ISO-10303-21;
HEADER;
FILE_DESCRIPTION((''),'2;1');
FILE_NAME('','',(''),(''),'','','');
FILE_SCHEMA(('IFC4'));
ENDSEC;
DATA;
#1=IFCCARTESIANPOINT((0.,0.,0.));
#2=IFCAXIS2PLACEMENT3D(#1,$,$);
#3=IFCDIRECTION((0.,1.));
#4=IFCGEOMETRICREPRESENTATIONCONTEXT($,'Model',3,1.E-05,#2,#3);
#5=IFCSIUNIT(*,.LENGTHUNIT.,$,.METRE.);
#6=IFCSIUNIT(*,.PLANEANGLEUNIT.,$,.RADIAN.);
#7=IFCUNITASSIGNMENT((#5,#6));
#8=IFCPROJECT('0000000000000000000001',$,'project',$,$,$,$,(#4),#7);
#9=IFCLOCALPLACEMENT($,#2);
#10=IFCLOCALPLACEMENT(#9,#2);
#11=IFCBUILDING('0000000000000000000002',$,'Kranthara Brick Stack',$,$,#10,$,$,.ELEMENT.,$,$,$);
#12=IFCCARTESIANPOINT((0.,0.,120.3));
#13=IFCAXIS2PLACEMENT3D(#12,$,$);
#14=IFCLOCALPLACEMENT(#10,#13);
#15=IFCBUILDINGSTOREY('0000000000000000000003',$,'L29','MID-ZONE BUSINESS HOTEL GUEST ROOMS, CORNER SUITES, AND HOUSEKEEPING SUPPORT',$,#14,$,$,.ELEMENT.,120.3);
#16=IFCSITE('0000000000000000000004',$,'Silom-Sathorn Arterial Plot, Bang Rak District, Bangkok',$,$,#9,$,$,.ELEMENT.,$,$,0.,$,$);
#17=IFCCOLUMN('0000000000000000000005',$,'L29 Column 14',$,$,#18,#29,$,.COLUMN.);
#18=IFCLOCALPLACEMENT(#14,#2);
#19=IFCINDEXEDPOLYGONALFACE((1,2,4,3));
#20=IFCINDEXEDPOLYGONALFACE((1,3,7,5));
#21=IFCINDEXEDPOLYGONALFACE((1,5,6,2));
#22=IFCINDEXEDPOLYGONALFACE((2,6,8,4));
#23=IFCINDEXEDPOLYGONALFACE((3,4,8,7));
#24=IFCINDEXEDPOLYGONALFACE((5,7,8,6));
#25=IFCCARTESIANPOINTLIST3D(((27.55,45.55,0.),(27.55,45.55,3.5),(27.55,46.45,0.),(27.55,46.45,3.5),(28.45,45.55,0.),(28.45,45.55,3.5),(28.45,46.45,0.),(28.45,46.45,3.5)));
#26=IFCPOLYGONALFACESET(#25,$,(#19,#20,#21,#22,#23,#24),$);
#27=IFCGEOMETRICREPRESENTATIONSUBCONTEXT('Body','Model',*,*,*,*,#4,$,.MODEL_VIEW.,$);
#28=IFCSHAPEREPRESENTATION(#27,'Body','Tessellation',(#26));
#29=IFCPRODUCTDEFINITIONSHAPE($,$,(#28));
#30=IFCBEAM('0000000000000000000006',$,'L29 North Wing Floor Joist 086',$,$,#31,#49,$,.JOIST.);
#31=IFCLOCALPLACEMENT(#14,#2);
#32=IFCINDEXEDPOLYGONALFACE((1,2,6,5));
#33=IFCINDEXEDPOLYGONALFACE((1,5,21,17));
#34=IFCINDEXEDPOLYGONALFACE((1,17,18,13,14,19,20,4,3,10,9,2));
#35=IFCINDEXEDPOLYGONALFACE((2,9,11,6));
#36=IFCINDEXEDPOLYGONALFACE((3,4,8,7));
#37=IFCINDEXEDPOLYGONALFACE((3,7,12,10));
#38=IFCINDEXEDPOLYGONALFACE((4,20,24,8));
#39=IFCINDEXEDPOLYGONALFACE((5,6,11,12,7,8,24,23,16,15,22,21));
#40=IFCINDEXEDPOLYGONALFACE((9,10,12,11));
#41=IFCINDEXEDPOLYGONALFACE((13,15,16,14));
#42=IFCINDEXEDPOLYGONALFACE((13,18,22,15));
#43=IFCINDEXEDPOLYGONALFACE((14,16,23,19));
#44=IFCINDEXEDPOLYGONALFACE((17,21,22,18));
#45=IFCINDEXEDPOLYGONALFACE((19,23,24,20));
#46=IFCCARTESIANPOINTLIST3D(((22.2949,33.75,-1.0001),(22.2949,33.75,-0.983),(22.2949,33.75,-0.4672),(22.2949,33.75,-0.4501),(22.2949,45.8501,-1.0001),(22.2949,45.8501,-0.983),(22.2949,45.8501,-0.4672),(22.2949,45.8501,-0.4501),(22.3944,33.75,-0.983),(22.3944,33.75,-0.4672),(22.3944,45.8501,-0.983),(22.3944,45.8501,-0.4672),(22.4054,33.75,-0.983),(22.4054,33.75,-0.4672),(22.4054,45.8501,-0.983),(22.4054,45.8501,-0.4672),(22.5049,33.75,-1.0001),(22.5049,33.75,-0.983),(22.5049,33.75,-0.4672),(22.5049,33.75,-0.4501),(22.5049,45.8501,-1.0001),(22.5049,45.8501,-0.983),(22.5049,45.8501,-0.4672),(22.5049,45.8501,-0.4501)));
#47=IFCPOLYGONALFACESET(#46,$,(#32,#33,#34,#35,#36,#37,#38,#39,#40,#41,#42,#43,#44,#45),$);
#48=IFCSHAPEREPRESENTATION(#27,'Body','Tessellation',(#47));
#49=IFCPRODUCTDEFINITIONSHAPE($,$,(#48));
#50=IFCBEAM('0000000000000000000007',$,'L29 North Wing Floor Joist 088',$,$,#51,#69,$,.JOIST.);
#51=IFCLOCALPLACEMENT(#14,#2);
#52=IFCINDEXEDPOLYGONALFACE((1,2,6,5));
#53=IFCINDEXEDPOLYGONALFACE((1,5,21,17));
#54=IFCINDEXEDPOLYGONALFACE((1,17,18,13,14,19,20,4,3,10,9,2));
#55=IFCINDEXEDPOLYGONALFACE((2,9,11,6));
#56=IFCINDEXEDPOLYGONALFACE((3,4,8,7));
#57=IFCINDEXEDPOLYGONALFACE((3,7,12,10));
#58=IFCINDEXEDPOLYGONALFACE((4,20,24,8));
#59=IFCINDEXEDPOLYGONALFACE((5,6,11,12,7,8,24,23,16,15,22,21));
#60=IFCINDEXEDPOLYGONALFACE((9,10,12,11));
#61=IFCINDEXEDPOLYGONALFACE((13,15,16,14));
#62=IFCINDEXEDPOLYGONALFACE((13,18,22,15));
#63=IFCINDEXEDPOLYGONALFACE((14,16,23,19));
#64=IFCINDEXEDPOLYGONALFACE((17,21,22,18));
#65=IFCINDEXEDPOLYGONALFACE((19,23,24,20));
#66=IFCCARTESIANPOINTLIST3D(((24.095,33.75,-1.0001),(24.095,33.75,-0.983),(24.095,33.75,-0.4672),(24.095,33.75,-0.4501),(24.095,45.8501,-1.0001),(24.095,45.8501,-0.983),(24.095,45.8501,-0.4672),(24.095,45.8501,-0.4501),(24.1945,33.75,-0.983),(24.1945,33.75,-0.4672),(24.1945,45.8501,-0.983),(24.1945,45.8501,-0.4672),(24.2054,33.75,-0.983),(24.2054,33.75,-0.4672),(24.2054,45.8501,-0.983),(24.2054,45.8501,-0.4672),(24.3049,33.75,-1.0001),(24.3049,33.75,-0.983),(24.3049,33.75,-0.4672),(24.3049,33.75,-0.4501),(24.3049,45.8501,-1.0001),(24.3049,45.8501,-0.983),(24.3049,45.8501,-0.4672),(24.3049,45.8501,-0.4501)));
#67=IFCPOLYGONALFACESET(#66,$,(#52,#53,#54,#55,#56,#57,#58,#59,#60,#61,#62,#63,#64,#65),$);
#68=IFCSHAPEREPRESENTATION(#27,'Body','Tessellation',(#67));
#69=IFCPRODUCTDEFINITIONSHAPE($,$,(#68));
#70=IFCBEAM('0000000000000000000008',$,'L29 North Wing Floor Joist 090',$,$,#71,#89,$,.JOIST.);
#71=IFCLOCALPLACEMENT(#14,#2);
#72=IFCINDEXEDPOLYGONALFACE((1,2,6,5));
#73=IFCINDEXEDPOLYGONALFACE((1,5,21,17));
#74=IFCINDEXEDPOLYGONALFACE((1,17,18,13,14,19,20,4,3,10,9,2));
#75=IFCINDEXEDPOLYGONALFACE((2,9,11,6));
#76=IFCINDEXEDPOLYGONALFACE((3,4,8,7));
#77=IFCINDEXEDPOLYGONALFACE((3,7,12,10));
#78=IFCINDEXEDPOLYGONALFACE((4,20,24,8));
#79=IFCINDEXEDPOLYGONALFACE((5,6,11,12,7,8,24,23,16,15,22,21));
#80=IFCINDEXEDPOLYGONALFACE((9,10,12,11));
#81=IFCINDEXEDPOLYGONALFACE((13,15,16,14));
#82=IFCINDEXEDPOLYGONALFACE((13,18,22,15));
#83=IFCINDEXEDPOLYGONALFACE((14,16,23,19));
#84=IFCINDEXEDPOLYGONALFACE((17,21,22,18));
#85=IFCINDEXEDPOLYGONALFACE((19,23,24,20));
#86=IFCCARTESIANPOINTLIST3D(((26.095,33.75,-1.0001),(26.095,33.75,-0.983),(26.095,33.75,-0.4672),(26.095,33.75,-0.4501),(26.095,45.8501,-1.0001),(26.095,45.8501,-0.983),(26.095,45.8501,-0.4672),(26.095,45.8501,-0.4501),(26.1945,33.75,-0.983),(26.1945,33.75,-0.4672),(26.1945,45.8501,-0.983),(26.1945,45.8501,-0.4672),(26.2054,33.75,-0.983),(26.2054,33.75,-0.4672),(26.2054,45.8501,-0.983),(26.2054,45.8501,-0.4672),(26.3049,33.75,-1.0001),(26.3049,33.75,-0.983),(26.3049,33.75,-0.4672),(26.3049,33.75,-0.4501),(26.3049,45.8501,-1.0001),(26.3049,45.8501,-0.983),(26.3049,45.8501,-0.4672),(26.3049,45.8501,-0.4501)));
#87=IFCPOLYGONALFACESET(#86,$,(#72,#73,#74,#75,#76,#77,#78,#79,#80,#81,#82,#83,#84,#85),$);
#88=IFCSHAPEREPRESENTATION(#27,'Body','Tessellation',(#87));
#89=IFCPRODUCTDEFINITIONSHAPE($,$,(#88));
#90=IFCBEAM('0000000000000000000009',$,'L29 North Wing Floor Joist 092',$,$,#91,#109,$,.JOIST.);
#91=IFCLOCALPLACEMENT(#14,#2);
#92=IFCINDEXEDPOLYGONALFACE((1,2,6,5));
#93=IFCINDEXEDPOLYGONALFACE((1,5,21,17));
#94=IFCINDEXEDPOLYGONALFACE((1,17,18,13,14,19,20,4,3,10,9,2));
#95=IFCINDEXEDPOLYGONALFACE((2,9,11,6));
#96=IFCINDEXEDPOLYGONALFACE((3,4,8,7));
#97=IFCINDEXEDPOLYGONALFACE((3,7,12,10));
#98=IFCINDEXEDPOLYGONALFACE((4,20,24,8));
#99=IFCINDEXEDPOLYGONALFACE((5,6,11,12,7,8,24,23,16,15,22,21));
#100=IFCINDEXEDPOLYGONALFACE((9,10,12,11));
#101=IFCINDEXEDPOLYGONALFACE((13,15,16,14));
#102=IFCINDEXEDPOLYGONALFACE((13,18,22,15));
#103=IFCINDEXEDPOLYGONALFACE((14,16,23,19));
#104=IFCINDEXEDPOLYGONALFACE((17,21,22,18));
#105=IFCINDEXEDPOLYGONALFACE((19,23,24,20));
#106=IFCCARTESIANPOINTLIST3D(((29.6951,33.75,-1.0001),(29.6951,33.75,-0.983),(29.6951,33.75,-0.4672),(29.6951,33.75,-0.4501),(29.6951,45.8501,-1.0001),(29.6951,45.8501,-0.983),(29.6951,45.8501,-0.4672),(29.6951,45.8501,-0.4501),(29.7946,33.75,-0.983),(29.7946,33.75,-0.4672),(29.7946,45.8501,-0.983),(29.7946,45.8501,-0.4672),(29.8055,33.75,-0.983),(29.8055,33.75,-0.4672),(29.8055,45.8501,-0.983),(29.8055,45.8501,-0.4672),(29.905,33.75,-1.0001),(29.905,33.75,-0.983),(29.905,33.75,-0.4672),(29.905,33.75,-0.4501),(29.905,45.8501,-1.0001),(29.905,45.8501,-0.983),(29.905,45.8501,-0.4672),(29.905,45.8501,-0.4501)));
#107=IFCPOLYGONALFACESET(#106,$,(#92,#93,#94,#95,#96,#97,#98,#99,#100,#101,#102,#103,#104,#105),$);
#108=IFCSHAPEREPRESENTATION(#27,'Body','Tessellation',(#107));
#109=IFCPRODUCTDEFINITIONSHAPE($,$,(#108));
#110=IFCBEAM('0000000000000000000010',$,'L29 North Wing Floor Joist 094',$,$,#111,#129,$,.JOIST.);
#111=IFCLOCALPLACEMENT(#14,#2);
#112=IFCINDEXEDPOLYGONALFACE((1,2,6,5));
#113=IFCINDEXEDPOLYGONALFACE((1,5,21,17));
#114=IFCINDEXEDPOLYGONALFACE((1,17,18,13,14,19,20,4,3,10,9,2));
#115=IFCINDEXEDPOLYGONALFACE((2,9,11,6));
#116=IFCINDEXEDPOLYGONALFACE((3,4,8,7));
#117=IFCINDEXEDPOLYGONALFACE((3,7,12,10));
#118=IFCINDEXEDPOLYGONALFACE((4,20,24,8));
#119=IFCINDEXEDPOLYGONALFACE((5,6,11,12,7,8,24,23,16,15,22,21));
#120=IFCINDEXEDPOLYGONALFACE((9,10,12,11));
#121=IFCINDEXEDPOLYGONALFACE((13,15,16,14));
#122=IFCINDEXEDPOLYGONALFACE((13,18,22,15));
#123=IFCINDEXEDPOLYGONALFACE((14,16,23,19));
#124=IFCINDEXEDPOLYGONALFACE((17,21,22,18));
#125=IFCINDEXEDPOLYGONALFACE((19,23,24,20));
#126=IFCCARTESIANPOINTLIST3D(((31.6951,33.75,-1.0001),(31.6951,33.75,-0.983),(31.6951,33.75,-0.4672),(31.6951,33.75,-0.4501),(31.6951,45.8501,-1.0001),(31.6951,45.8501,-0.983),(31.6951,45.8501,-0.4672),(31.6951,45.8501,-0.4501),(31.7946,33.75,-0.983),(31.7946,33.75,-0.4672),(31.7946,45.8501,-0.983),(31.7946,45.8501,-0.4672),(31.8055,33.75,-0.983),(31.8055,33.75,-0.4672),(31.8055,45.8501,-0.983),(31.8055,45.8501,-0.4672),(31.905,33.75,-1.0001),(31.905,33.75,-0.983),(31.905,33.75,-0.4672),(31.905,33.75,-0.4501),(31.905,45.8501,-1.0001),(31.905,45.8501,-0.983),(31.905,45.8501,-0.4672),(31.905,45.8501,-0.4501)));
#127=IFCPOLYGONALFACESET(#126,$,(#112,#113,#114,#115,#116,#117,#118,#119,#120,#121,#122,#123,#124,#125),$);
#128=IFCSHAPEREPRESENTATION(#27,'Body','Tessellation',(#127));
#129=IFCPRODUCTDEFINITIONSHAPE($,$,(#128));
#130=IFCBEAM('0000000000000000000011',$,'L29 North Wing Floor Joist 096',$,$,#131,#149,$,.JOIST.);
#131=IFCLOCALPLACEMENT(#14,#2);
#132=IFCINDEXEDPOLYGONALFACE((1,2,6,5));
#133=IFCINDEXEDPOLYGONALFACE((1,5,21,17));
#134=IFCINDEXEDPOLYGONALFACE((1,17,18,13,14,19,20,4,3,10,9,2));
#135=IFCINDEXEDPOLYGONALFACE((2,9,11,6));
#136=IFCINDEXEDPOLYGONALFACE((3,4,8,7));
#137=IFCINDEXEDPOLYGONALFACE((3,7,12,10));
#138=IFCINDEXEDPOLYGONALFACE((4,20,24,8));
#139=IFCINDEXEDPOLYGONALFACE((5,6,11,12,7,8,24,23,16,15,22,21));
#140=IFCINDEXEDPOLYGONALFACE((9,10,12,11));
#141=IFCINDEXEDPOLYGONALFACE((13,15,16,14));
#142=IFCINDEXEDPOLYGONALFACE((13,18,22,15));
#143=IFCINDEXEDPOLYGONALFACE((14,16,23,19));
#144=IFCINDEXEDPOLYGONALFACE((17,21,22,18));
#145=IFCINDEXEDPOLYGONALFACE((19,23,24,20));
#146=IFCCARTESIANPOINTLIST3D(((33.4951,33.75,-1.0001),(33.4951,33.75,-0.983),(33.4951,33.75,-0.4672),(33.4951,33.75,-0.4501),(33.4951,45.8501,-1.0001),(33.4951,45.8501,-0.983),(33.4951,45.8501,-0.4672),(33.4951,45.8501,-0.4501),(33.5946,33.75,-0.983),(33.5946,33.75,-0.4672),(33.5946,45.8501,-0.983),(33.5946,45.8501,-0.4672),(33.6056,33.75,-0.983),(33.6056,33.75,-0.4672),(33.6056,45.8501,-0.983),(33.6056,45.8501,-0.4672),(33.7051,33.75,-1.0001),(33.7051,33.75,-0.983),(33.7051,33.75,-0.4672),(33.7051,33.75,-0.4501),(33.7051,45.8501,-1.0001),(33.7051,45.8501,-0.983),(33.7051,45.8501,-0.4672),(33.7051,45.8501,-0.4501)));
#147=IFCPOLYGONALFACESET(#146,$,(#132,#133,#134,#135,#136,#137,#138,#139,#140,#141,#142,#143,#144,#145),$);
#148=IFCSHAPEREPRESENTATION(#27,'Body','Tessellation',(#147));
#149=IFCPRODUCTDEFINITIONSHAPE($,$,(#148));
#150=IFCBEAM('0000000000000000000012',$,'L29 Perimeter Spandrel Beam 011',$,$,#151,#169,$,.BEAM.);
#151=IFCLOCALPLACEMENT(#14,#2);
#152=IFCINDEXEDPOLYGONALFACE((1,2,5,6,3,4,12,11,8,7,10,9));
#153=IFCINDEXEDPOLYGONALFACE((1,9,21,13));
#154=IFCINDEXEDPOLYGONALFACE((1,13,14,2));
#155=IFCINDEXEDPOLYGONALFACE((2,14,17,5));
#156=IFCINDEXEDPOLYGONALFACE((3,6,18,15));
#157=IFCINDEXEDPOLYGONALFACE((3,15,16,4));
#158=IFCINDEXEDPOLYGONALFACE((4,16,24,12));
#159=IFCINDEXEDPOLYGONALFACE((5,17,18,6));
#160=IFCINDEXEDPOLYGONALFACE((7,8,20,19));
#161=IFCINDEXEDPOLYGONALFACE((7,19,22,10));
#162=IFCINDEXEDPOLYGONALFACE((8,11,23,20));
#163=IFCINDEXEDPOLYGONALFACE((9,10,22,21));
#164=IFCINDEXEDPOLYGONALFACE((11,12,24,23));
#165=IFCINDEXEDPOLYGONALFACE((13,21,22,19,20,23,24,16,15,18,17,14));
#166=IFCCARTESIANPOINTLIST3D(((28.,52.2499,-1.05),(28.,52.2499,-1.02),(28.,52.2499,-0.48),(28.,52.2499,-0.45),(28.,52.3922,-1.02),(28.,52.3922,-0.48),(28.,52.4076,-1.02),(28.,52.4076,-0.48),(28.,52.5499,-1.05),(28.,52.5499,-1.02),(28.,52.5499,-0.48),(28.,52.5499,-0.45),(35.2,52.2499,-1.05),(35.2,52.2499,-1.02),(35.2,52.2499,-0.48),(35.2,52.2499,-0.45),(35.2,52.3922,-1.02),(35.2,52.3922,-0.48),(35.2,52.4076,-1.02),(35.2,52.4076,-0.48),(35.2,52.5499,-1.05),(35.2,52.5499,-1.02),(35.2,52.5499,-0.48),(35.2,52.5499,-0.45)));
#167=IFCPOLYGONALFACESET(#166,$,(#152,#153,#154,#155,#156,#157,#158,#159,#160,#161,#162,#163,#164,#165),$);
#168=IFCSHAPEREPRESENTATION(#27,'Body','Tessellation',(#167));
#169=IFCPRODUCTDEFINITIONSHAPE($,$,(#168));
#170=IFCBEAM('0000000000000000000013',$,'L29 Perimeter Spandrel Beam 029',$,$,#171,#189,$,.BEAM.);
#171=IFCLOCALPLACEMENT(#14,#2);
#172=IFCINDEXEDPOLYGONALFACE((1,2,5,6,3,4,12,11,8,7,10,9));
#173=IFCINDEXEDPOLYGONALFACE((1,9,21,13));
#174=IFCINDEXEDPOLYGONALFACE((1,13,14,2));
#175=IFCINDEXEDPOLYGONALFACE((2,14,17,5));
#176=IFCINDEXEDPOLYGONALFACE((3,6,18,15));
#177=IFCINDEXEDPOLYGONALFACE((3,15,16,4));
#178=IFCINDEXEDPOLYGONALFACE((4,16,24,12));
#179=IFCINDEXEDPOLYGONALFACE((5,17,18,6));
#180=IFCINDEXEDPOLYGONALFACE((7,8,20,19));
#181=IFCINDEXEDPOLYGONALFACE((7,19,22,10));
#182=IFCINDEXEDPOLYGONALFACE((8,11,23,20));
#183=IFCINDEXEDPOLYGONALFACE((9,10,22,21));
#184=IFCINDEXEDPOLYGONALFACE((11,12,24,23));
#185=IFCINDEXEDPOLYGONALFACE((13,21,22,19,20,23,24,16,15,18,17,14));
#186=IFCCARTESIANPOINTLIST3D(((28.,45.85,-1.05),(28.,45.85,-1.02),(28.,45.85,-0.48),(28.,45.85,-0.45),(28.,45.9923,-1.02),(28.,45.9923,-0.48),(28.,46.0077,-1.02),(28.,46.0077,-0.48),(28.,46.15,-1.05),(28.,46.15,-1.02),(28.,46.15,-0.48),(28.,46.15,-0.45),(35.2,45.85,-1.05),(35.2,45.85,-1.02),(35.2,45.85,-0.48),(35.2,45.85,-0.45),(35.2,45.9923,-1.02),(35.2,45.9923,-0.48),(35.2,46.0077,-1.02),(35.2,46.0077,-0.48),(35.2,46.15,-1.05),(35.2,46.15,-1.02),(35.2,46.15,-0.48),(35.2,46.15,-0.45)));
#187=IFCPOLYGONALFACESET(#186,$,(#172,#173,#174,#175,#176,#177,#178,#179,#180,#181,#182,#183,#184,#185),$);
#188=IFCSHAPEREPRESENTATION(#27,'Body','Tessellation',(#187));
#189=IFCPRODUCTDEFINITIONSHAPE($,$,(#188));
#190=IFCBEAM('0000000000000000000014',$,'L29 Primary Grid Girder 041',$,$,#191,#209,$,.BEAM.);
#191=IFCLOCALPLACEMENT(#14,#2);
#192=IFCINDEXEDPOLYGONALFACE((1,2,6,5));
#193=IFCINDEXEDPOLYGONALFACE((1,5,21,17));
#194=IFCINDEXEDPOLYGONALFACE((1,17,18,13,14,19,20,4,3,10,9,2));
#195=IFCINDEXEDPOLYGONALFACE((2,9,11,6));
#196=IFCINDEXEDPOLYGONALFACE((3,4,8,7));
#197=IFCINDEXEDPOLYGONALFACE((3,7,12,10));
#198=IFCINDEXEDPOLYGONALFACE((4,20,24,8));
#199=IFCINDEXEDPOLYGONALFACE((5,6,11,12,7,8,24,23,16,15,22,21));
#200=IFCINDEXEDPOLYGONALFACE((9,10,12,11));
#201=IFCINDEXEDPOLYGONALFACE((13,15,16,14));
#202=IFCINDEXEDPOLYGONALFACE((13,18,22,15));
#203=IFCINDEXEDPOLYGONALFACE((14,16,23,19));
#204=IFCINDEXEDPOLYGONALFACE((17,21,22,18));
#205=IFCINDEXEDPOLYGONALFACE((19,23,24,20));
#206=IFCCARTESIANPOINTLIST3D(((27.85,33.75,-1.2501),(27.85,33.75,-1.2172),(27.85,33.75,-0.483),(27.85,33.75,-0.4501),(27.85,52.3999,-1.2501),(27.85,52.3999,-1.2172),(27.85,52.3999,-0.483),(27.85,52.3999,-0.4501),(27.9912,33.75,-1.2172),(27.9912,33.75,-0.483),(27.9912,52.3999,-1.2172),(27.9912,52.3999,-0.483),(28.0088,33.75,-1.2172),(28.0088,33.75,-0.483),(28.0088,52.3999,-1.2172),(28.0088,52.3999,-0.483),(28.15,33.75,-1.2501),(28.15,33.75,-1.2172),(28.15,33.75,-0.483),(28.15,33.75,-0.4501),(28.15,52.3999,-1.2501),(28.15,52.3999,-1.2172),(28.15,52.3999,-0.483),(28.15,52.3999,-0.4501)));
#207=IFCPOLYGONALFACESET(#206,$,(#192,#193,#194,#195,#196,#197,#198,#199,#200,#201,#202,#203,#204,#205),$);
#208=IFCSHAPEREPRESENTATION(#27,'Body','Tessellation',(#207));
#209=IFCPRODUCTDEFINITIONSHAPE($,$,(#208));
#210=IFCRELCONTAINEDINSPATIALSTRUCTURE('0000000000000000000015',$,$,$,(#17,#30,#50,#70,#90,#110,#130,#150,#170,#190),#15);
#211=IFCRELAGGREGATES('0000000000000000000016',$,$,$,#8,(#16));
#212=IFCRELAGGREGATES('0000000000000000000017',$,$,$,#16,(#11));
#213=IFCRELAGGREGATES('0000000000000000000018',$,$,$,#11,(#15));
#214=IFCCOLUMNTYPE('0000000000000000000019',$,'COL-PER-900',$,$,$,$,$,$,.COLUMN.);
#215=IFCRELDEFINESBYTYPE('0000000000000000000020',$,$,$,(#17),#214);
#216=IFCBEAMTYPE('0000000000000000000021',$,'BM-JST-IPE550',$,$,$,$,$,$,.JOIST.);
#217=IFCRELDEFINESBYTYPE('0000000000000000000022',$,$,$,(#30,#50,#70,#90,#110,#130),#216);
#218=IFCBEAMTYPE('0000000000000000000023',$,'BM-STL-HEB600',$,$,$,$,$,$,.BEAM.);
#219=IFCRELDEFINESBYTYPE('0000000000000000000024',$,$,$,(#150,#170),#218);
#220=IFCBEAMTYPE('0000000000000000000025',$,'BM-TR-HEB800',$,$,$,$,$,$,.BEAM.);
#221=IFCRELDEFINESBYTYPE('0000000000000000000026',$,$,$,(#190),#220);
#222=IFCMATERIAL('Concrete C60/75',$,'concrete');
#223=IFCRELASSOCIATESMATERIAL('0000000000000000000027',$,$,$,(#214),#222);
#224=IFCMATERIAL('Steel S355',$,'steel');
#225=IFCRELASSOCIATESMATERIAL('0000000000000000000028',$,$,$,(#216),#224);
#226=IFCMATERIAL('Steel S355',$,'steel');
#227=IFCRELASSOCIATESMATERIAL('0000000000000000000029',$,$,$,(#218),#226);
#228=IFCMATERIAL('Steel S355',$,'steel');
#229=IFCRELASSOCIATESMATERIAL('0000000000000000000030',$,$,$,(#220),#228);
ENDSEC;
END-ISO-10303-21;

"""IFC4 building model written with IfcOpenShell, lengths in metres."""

from ifc_helpers import new_model, si_unit, direction, frame, origin, origin_2d, place, context, subcontext, project, spatial, rectangle, i_section, extrude, material, material_profile, profile_set, type_object, element, save


model = new_model("IFC4")

# Units and contexts
model_context = context("Model", 3, precision=1e-05, world=origin(), true_north=direction((0.0, 1.0)))
body_context = subcontext(model_context, "Body", "Model", "MODEL_VIEW")
ifc_project = project(units=[si_unit("LENGTHUNIT", "METRE"), si_unit("PLANEANGLEUNIT", "RADIAN")], contexts=[model_context])

# Site, building, storey
site_placement = place(None, origin())
site = spatial("IfcSite", under=ifc_project, at=site_placement, Name="Silom-Sathorn Arterial Plot, Bang Rak District, Bangkok", CompositionType="ELEMENT", RefElevation=0.0)
building_placement = place(site_placement, origin())
building = spatial("IfcBuilding", under=site, at=building_placement, Name="Kranthara Brick Stack", CompositionType="ELEMENT")
storey_placement = place(building_placement, frame((0.0, 0.0, 120.3)))
storey = spatial("IfcBuildingStorey", under=building, at=storey_placement, Name="L29", Description="MID-ZONE BUSINESS HOTEL GUEST ROOMS, CORNER SUITES, AND HOUSEKEEPING SUPPORT", CompositionType="ELEMENT", Elevation=120.3)

# Column
ifc_material_1 = material(Name="Concrete C60/75", Category="concrete")
ifc_material_profile_1 = material_profile(ifc_material_1, rectangle(XDim=0.8999, YDim=0.8999, at=origin_2d()), Name="RC 900x900")
ifc_profile_set_1 = profile_set([ifc_material_profile_1], Name="Concrete C60/75")
column_type = type_object("IfcColumnType", Name="COL-PER-900", PredefinedType="COLUMN", material=ifc_profile_set_1)
column_placement = place(storey_placement, frame((28.0, 46.0, 0.0), z_axis=(0.0, 0.0, 1.0), x_axis=(1.0, 0.0, 0.0)))
element("IfcColumn", 1, at=column_placement, inside=storey, type_object=column_type, Name="L29 Column 14", PredefinedType="COLUMN", context=body_context, shape_type="SweptSolid", body=[
    extrude(rectangle(XDim=0.8999, YDim=0.8999, at=origin_2d()), origin(), (0.0, 0.0, 1.0), 3.5),
])

# Beams
ifc_material_2 = material(Name="Steel S355", Category="steel")
ifc_material_profile_2 = material_profile(ifc_material_2, i_section(OverallWidth=0.21, OverallDepth=0.55, WebThickness=0.011, FlangeThickness=0.0171, at=origin_2d()), Name="IPE 550")
ifc_profile_set_2 = profile_set([ifc_material_profile_2], Name="Steel S355")
beam_type_1 = type_object("IfcBeamType", Name="BM-JST-IPE550", PredefinedType="JOIST", material=ifc_profile_set_2)
for number, where, z_axis, x_axis, name in (
    (2, (22.3999, 33.75, -0.7251), (0.0, 1.0, 0.0), (-1.0, 0.0, 0.0), "L29 North Wing Floor Joist 086"),
    (3, (24.2, 33.75, -0.7251), (0.0, 1.0, 0.0), (-1.0, 0.0, 0.0), "L29 North Wing Floor Joist 088"),
    (4, (26.2, 33.75, -0.7251), (0.0, 1.0, 0.0), (-1.0, 0.0, 0.0), "L29 North Wing Floor Joist 090"),
    (5, (29.8, 33.75, -0.7251), (0.0, 1.0, 0.0), (-1.0, 0.0, 0.0), "L29 North Wing Floor Joist 092"),
    (6, (31.8, 33.75, -0.7251), (0.0, 1.0, 0.0), (-1.0, 0.0, 0.0), "L29 North Wing Floor Joist 094"),
    (7, (33.6001, 33.75, -0.7251), (0.0, 1.0, 0.0), (-1.0, 0.0, 0.0), "L29 North Wing Floor Joist 096"),
):
    element("IfcBeam", number, at=place(storey_placement, frame(where, z_axis=z_axis, x_axis=x_axis)), inside=storey, type_object=beam_type_1, Name=name, PredefinedType="JOIST", context=body_context, shape_type="SweptSolid", body=[
        extrude(i_section(OverallWidth=0.21, OverallDepth=0.55, WebThickness=0.011, FlangeThickness=0.0171, at=origin_2d()), origin(), (0.0, 0.0, 1.0), 12.1001),
    ])
ifc_material_3 = material(Name="Steel S355", Category="steel")
ifc_material_profile_3 = material_profile(ifc_material_3, i_section(OverallWidth=0.3, OverallDepth=0.6001, WebThickness=0.0154, FlangeThickness=0.03, at=origin_2d()), Name="HEB 600")
ifc_profile_set_3 = profile_set([ifc_material_profile_3], Name="Steel S355")
beam_type_2 = type_object("IfcBeamType", Name="BM-STL-HEB600", PredefinedType="BEAM", material=ifc_profile_set_3)
for number, where, z_axis, x_axis, name in (
    (8, (28.0, 52.3999, -0.75), (1.0, 0.0, 0.0), (0.0, 1.0, 0.0), "L29 Perimeter Spandrel Beam 011"),
    (9, (28.0, 46.0, -0.75), (1.0, 0.0, 0.0), (0.0, 1.0, 0.0), "L29 Perimeter Spandrel Beam 029"),
):
    element("IfcBeam", number, at=place(storey_placement, frame(where, z_axis=z_axis, x_axis=x_axis)), inside=storey, type_object=beam_type_2, Name=name, PredefinedType="BEAM", context=body_context, shape_type="SweptSolid", body=[
        extrude(i_section(OverallWidth=0.3, OverallDepth=0.6001, WebThickness=0.0154, FlangeThickness=0.03, at=origin_2d()), origin(), (0.0, 0.0, 1.0), 7.2),
    ])
ifc_material_4 = material(Name="Steel S355", Category="steel")
ifc_material_profile_4 = material_profile(ifc_material_4, i_section(OverallWidth=0.3, OverallDepth=0.8, WebThickness=0.0176, FlangeThickness=0.033, at=origin_2d()), Name="HEB 800")
ifc_profile_set_4 = profile_set([ifc_material_profile_4], Name="Steel S355")
beam_type_3 = type_object("IfcBeamType", Name="BM-TR-HEB800", PredefinedType="BEAM", material=ifc_profile_set_4)
beam_placement = place(storey_placement, frame((28.0, 33.75, -0.8501), z_axis=(0.0, 1.0, 0.0), x_axis=(-1.0, 0.0, 0.0)))
element("IfcBeam", 10, at=beam_placement, inside=storey, type_object=beam_type_3, Name="L29 Primary Grid Girder 041", PredefinedType="BEAM", context=body_context, shape_type="SweptSolid", body=[
    extrude(i_section(OverallWidth=0.3, OverallDepth=0.8, WebThickness=0.0176, FlangeThickness=0.033, at=origin_2d()), origin(), (0.0, 0.0, 1.0), 18.6499),
])

save(model, "model.ifc")
